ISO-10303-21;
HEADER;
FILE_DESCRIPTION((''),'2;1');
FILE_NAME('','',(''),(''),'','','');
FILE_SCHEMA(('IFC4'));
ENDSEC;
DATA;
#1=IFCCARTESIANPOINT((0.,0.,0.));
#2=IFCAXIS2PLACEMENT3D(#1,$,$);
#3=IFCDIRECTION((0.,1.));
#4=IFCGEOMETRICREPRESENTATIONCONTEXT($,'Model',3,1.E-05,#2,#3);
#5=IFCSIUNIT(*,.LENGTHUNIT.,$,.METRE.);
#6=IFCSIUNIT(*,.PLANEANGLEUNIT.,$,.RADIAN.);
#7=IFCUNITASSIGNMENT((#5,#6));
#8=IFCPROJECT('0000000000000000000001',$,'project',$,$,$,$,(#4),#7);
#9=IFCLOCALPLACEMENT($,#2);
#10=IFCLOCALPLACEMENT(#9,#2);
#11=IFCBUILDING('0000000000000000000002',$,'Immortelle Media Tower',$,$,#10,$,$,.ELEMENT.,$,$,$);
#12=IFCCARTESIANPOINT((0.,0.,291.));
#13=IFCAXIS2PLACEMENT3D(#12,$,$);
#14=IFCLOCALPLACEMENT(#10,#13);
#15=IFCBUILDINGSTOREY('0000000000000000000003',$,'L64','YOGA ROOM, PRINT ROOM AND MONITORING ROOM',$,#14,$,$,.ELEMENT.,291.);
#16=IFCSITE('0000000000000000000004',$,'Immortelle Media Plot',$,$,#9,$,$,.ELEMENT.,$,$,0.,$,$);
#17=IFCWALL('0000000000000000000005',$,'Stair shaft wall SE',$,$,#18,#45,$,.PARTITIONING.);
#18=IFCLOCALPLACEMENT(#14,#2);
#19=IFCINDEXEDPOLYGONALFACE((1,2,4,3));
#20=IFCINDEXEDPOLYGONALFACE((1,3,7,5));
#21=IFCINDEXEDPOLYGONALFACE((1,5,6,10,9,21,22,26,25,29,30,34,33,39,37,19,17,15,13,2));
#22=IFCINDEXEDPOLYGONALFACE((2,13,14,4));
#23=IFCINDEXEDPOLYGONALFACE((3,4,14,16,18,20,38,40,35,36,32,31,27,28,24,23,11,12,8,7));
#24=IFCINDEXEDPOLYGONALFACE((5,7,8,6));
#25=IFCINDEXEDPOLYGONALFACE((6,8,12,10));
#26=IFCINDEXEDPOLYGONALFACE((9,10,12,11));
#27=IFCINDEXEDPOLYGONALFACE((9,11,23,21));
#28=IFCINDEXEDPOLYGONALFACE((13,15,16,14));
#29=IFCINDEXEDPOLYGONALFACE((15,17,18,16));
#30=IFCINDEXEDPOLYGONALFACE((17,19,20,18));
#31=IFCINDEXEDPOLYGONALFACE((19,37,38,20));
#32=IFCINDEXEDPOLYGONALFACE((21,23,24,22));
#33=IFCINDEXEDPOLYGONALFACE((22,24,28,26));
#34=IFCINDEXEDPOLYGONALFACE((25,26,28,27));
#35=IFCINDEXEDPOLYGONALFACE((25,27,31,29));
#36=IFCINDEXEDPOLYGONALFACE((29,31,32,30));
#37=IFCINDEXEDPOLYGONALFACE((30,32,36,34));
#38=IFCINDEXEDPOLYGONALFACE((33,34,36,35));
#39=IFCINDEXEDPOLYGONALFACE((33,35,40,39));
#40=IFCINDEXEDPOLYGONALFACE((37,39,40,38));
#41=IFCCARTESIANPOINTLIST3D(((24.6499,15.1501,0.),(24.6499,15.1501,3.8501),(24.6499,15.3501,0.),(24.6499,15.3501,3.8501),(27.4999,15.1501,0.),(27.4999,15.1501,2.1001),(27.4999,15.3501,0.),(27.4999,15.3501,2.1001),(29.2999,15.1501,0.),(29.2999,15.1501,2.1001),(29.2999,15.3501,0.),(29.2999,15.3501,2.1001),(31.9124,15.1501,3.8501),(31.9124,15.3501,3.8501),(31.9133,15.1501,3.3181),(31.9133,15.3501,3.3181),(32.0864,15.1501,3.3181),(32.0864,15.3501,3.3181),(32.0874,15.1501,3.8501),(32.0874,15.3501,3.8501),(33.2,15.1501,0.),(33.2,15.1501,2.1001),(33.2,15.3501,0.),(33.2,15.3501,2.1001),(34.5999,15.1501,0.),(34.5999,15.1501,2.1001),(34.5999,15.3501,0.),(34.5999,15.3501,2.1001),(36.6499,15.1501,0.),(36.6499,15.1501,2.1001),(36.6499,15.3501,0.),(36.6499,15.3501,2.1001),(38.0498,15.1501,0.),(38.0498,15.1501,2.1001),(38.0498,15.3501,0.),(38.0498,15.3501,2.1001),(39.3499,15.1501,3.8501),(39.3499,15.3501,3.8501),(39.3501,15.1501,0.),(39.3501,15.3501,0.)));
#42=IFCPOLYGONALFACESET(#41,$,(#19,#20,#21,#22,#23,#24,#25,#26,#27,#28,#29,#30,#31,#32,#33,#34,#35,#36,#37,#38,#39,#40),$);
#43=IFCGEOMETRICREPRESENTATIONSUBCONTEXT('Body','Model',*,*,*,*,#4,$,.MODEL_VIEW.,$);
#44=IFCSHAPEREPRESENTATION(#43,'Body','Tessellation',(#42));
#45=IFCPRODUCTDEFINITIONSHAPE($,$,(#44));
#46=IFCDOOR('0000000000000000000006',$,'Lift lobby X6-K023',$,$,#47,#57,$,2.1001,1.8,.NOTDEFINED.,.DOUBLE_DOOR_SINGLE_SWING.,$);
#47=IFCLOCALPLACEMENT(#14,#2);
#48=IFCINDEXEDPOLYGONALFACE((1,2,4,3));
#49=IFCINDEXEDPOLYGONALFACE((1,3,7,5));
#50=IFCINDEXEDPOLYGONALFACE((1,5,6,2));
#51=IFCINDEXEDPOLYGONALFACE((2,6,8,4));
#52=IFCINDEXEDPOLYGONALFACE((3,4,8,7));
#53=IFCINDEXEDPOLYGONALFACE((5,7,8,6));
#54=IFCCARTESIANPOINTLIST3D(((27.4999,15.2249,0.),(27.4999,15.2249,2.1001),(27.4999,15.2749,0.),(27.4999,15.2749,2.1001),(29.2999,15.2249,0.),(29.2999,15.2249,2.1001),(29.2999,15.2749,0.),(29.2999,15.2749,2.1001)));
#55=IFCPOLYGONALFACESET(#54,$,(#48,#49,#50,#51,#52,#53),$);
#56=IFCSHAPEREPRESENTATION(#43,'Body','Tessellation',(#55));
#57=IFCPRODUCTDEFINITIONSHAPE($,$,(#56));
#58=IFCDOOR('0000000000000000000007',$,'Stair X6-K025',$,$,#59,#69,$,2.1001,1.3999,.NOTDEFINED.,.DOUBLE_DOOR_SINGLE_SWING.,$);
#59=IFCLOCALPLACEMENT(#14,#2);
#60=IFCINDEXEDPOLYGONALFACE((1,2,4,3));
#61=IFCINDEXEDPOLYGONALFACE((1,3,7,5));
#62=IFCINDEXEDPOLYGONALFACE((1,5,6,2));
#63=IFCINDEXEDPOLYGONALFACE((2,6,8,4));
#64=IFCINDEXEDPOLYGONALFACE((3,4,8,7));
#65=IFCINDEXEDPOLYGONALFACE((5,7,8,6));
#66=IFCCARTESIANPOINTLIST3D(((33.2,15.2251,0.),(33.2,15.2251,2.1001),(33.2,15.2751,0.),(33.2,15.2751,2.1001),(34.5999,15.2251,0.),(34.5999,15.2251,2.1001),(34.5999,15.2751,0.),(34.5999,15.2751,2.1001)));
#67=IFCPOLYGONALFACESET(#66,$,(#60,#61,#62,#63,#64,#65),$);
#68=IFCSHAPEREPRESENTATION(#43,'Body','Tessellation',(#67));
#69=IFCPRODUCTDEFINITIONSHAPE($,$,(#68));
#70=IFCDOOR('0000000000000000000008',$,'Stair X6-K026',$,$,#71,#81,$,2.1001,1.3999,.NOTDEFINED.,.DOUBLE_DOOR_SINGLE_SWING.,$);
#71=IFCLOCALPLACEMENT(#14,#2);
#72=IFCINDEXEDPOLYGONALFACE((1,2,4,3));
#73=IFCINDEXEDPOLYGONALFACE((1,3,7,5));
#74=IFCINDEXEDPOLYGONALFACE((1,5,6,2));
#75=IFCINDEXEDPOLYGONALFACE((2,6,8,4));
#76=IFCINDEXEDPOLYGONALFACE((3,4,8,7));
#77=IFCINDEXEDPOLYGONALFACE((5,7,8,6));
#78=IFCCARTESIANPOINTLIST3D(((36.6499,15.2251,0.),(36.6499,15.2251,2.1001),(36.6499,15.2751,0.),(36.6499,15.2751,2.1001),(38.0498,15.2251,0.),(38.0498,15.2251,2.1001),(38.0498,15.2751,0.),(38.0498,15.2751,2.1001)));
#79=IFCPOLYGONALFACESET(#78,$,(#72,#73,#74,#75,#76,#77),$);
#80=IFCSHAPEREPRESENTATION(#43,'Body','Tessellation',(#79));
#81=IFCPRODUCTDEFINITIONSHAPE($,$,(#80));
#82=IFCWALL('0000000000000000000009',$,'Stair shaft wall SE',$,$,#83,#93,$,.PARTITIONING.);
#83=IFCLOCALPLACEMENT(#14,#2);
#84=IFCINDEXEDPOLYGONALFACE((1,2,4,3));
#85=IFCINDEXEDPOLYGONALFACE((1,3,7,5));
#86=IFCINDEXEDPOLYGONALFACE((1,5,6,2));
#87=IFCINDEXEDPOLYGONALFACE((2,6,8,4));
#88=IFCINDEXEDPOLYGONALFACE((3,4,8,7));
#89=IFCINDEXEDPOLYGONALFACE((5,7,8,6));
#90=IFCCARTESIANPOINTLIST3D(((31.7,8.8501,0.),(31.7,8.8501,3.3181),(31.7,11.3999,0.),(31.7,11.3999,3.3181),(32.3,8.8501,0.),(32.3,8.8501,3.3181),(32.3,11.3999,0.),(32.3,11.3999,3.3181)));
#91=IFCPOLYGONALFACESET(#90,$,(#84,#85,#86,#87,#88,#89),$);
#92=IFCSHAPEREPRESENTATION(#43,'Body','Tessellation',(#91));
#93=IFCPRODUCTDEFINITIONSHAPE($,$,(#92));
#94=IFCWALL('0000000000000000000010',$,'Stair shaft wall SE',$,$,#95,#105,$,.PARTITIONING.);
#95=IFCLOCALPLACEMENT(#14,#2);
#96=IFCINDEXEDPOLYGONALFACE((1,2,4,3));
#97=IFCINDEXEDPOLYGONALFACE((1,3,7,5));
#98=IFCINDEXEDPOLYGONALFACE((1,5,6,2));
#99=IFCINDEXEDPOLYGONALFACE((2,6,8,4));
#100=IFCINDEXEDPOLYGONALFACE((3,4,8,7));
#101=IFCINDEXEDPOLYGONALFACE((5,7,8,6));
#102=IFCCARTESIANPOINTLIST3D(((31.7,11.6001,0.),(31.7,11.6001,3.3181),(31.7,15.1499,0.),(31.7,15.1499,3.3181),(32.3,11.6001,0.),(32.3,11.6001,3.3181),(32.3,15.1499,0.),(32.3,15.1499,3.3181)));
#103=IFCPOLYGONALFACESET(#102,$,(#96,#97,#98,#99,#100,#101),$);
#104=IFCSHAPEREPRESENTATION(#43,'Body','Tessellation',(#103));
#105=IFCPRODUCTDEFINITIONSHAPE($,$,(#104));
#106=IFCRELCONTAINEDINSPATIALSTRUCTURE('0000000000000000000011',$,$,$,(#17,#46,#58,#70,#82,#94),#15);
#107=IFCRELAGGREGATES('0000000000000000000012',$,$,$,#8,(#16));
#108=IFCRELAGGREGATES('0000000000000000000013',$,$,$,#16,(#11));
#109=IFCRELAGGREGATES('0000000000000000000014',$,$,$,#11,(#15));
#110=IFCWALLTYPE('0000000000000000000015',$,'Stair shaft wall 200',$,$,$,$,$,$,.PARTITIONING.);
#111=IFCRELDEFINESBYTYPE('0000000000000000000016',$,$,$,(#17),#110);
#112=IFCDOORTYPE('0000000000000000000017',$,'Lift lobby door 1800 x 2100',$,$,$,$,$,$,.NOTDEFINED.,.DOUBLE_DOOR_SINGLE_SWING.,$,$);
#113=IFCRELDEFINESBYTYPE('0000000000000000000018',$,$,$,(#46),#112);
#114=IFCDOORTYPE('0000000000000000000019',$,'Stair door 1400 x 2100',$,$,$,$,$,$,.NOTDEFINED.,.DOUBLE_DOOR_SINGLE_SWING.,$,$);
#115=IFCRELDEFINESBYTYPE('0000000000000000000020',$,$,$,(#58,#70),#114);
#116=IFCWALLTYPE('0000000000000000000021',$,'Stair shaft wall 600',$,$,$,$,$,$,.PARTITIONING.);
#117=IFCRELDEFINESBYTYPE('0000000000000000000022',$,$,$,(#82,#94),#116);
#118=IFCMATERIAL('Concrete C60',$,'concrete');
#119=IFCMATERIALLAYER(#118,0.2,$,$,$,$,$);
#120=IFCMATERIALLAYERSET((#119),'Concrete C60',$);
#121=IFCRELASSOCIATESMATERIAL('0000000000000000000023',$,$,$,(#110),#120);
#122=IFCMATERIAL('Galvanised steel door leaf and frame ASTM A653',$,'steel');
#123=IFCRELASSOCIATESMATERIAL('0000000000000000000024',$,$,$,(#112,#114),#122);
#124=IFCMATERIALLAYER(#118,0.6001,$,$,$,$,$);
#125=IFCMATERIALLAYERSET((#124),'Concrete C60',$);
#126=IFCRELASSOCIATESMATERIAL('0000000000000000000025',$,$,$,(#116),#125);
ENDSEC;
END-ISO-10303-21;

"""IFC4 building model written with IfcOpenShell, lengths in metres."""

from ifc_helpers import new_model, si_unit, direction, frame, frame_2d, origin, place, context, subcontext, project, spatial, polyline, rectangle, outline, extrude, material, layer, layer_set, type_object, element, fill, save


model = new_model("IFC4")

# Units and contexts
model_context = context("Model", 3, precision=1e-05, world=origin(), true_north=direction((0.0, 1.0)))
body_context = subcontext(model_context, "Body", "Model", "MODEL_VIEW")
ifc_project = project(units=[si_unit("LENGTHUNIT", "METRE"), si_unit("PLANEANGLEUNIT", "RADIAN")], contexts=[model_context])

# Site, building, storey
site_placement = place(None, origin())
site = spatial("IfcSite", under=ifc_project, at=site_placement, Name="Immortelle Media Plot", CompositionType="ELEMENT", RefElevation=0.0)
building_placement = place(site_placement, origin())
building = spatial("IfcBuilding", under=site, at=building_placement, Name="Immortelle Media Tower", CompositionType="ELEMENT")
storey_placement = place(building_placement, frame((0.0, 0.0, 291.0)))
storey = spatial("IfcBuildingStorey", under=building, at=storey_placement, Name="L64", Description="YOGA ROOM, PRINT ROOM AND MONITORING ROOM", CompositionType="ELEMENT", Elevation=291.0)

# Shared definitions
ifc_material_1 = material(Name="Galvanised steel door leaf and frame ASTM A653", Category="steel")

# Wall, openings, doors
ifc_material_2 = material(Name="Concrete C60", Category="concrete")
ifc_layer_1 = layer(ifc_material_2, 0.2)
ifc_layer_set_1 = layer_set([ifc_layer_1], Name="Concrete C60")
wall_type_1 = type_object("IfcWallType", Name="Stair shaft wall 200", PredefinedType="PARTITIONING", material=ifc_layer_set_1)
wall_1_placement = place(storey_placement, frame((24.6499, 15.25, 0.0), z_axis=(0.0, 0.0, 1.0), x_axis=(1.0, 0.0, 0.0)))
wall_1 = element("IfcWall", 1, at=wall_1_placement, inside=storey, type_object=wall_type_1, Name="Stair shaft wall SE", PredefinedType="PARTITIONING", context=body_context, shape_type="SweptSolid", body=[
    extrude(outline(polyline([(0.0, 0.0), (14.7002, 0.0), (14.7, 3.8501), (7.4375, 3.8501), (7.4365, 3.3181), (7.2634, 3.3181), (7.2625, 3.8501), (0.0, 3.8501), (0.0, 0.0)])), frame((0.0, 0.1001, 0.0), z_axis=(0.0, -1.0, 0.0), x_axis=(1.0, 0.0, 0.0)), (0.0, 0.0, 1.0), 0.2),
])
opening_1_placement = place(wall_1_placement, frame((2.8501, 0.0, 0.0)))
opening_1 = element("IfcOpeningElement", 2, at=opening_1_placement, cuts=wall_1, PredefinedType="OPENING", context=body_context, shape_type="SweptSolid", body=[
    extrude(rectangle(XDim=1.8, YDim=2.1001, at=frame_2d((0.8999, 1.05))), frame((0.0, 0.1099, 0.0), z_axis=(0.0, -1.0, 0.0), x_axis=(1.0, 0.0, 0.0)), (0.0, 0.0, 1.0), 0.22),
])
opening_2_placement = place(wall_1_placement, frame((9.95, 0.0, 0.0), z_axis=(0.0, 0.0, 1.0), x_axis=(-1.0, 0.0, 0.0)))
opening_2 = element("IfcOpeningElement", 3, at=opening_2_placement, cuts=wall_1, PredefinedType="OPENING", context=body_context, shape_type="SweptSolid", body=[
    extrude(rectangle(XDim=1.3999, YDim=2.1001, at=frame_2d((0.7, 1.05))), frame((0.0, 0.1099, 0.0), z_axis=(0.0, -1.0, 0.0), x_axis=(1.0, 0.0, 0.0)), (0.0, 0.0, 1.0), 0.22),
])
opening_3_placement = place(wall_1_placement, frame((13.3999, 0.0, 0.0), z_axis=(0.0, 0.0, 1.0), x_axis=(-1.0, 0.0, 0.0)))
opening_3 = element("IfcOpeningElement", 4, at=opening_3_placement, cuts=wall_1, PredefinedType="OPENING", context=body_context, shape_type="SweptSolid", body=[
    extrude(rectangle(XDim=1.3999, YDim=2.1001, at=frame_2d((0.7, 1.05))), frame((0.0, 0.1099, 0.0), z_axis=(0.0, -1.0, 0.0), x_axis=(1.0, 0.0, 0.0)), (0.0, 0.0, 1.0), 0.22),
])
door_type_1 = type_object("IfcDoorType", Name="Lift lobby door 1800 x 2100", OperationType="DOUBLE_DOOR_SINGLE_SWING", PredefinedType="NOTDEFINED", material=ifc_material_1)
door_1_placement = place(opening_1_placement, origin())
door_1 = element("IfcDoor", 5, at=door_1_placement, inside=storey, type_object=door_type_1, Name="Lift lobby X6-K023", OperationType="DOUBLE_DOOR_SINGLE_SWING", OverallHeight=2.1001, OverallWidth=1.8, PredefinedType="NOTDEFINED", context=body_context, shape_type="SweptSolid", body=[
    extrude(rectangle(XDim=1.8, YDim=2.1001, at=frame_2d((0.8999, 1.05))), frame((0.0, 0.0249, 0.0), z_axis=(0.0, -1.0, 0.0), x_axis=(1.0, 0.0, 0.0)), (0.0, 0.0, 1.0), 0.05),
])
fill(opening_1, door_1)
door_type_2 = type_object("IfcDoorType", Name="Stair door 1400 x 2100", OperationType="DOUBLE_DOOR_SINGLE_SWING", PredefinedType="NOTDEFINED", material=ifc_material_1)
door_2_placement = place(opening_2_placement, origin())
door_2 = element("IfcDoor", 6, at=door_2_placement, inside=storey, type_object=door_type_2, Name="Stair X6-K025", OperationType="DOUBLE_DOOR_SINGLE_SWING", OverallHeight=2.1001, OverallWidth=1.3999, PredefinedType="NOTDEFINED", context=body_context, shape_type="SweptSolid", body=[
    extrude(rectangle(XDim=1.3999, YDim=2.1001, at=frame_2d((0.7, 1.05))), frame((0.0, 0.0249, 0.0), z_axis=(0.0, -1.0, 0.0), x_axis=(1.0, 0.0, 0.0)), (0.0, 0.0, 1.0), 0.05),
])
fill(opening_2, door_2)
door_3_placement = place(opening_3_placement, origin())
door_3 = element("IfcDoor", 7, at=door_3_placement, inside=storey, type_object=door_type_2, Name="Stair X6-K026", OperationType="DOUBLE_DOOR_SINGLE_SWING", OverallHeight=2.1001, OverallWidth=1.3999, PredefinedType="NOTDEFINED", context=body_context, shape_type="SweptSolid", body=[
    extrude(rectangle(XDim=1.3999, YDim=2.1001, at=frame_2d((0.7, 1.05))), frame((0.0, 0.0249, 0.0), z_axis=(0.0, -1.0, 0.0), x_axis=(1.0, 0.0, 0.0)), (0.0, 0.0, 1.0), 0.05),
])
fill(opening_3, door_3)

# Walls
ifc_layer_2 = layer(ifc_material_2, 0.6001)
ifc_layer_set_2 = layer_set([ifc_layer_2], Name="Concrete C60")
wall_type_2 = type_object("IfcWallType", Name="Stair shaft wall 600", PredefinedType="PARTITIONING", material=ifc_layer_set_2)
wall_2_placement = place(storey_placement, frame((32.0, 8.8501, 0.0), z_axis=(0.0, 0.0, 1.0), x_axis=(0.0, 1.0, 0.0)))
element("IfcWall", 8, at=wall_2_placement, inside=storey, type_object=wall_type_2, Name="Stair shaft wall SE", PredefinedType="PARTITIONING", context=body_context, shape_type="SweptSolid", body=[
    extrude(rectangle(XDim=2.5498, YDim=0.6001, at=frame_2d((1.2749, 0.0))), origin(), (0.0, 0.0, 1.0), 3.3181),
])
wall_3_placement = place(storey_placement, frame((32.0, 11.6001, 0.0), z_axis=(0.0, 0.0, 1.0), x_axis=(0.0, 1.0, 0.0)))
element("IfcWall", 9, at=wall_3_placement, inside=storey, type_object=wall_type_2, Name="Stair shaft wall SE", PredefinedType="PARTITIONING", context=body_context, shape_type="SweptSolid", body=[
    extrude(rectangle(XDim=3.5498, YDim=0.6001, at=frame_2d((1.7749, 0.0))), origin(), (0.0, 0.0, 1.0), 3.3181),
])

save(model, "model.ifc")
